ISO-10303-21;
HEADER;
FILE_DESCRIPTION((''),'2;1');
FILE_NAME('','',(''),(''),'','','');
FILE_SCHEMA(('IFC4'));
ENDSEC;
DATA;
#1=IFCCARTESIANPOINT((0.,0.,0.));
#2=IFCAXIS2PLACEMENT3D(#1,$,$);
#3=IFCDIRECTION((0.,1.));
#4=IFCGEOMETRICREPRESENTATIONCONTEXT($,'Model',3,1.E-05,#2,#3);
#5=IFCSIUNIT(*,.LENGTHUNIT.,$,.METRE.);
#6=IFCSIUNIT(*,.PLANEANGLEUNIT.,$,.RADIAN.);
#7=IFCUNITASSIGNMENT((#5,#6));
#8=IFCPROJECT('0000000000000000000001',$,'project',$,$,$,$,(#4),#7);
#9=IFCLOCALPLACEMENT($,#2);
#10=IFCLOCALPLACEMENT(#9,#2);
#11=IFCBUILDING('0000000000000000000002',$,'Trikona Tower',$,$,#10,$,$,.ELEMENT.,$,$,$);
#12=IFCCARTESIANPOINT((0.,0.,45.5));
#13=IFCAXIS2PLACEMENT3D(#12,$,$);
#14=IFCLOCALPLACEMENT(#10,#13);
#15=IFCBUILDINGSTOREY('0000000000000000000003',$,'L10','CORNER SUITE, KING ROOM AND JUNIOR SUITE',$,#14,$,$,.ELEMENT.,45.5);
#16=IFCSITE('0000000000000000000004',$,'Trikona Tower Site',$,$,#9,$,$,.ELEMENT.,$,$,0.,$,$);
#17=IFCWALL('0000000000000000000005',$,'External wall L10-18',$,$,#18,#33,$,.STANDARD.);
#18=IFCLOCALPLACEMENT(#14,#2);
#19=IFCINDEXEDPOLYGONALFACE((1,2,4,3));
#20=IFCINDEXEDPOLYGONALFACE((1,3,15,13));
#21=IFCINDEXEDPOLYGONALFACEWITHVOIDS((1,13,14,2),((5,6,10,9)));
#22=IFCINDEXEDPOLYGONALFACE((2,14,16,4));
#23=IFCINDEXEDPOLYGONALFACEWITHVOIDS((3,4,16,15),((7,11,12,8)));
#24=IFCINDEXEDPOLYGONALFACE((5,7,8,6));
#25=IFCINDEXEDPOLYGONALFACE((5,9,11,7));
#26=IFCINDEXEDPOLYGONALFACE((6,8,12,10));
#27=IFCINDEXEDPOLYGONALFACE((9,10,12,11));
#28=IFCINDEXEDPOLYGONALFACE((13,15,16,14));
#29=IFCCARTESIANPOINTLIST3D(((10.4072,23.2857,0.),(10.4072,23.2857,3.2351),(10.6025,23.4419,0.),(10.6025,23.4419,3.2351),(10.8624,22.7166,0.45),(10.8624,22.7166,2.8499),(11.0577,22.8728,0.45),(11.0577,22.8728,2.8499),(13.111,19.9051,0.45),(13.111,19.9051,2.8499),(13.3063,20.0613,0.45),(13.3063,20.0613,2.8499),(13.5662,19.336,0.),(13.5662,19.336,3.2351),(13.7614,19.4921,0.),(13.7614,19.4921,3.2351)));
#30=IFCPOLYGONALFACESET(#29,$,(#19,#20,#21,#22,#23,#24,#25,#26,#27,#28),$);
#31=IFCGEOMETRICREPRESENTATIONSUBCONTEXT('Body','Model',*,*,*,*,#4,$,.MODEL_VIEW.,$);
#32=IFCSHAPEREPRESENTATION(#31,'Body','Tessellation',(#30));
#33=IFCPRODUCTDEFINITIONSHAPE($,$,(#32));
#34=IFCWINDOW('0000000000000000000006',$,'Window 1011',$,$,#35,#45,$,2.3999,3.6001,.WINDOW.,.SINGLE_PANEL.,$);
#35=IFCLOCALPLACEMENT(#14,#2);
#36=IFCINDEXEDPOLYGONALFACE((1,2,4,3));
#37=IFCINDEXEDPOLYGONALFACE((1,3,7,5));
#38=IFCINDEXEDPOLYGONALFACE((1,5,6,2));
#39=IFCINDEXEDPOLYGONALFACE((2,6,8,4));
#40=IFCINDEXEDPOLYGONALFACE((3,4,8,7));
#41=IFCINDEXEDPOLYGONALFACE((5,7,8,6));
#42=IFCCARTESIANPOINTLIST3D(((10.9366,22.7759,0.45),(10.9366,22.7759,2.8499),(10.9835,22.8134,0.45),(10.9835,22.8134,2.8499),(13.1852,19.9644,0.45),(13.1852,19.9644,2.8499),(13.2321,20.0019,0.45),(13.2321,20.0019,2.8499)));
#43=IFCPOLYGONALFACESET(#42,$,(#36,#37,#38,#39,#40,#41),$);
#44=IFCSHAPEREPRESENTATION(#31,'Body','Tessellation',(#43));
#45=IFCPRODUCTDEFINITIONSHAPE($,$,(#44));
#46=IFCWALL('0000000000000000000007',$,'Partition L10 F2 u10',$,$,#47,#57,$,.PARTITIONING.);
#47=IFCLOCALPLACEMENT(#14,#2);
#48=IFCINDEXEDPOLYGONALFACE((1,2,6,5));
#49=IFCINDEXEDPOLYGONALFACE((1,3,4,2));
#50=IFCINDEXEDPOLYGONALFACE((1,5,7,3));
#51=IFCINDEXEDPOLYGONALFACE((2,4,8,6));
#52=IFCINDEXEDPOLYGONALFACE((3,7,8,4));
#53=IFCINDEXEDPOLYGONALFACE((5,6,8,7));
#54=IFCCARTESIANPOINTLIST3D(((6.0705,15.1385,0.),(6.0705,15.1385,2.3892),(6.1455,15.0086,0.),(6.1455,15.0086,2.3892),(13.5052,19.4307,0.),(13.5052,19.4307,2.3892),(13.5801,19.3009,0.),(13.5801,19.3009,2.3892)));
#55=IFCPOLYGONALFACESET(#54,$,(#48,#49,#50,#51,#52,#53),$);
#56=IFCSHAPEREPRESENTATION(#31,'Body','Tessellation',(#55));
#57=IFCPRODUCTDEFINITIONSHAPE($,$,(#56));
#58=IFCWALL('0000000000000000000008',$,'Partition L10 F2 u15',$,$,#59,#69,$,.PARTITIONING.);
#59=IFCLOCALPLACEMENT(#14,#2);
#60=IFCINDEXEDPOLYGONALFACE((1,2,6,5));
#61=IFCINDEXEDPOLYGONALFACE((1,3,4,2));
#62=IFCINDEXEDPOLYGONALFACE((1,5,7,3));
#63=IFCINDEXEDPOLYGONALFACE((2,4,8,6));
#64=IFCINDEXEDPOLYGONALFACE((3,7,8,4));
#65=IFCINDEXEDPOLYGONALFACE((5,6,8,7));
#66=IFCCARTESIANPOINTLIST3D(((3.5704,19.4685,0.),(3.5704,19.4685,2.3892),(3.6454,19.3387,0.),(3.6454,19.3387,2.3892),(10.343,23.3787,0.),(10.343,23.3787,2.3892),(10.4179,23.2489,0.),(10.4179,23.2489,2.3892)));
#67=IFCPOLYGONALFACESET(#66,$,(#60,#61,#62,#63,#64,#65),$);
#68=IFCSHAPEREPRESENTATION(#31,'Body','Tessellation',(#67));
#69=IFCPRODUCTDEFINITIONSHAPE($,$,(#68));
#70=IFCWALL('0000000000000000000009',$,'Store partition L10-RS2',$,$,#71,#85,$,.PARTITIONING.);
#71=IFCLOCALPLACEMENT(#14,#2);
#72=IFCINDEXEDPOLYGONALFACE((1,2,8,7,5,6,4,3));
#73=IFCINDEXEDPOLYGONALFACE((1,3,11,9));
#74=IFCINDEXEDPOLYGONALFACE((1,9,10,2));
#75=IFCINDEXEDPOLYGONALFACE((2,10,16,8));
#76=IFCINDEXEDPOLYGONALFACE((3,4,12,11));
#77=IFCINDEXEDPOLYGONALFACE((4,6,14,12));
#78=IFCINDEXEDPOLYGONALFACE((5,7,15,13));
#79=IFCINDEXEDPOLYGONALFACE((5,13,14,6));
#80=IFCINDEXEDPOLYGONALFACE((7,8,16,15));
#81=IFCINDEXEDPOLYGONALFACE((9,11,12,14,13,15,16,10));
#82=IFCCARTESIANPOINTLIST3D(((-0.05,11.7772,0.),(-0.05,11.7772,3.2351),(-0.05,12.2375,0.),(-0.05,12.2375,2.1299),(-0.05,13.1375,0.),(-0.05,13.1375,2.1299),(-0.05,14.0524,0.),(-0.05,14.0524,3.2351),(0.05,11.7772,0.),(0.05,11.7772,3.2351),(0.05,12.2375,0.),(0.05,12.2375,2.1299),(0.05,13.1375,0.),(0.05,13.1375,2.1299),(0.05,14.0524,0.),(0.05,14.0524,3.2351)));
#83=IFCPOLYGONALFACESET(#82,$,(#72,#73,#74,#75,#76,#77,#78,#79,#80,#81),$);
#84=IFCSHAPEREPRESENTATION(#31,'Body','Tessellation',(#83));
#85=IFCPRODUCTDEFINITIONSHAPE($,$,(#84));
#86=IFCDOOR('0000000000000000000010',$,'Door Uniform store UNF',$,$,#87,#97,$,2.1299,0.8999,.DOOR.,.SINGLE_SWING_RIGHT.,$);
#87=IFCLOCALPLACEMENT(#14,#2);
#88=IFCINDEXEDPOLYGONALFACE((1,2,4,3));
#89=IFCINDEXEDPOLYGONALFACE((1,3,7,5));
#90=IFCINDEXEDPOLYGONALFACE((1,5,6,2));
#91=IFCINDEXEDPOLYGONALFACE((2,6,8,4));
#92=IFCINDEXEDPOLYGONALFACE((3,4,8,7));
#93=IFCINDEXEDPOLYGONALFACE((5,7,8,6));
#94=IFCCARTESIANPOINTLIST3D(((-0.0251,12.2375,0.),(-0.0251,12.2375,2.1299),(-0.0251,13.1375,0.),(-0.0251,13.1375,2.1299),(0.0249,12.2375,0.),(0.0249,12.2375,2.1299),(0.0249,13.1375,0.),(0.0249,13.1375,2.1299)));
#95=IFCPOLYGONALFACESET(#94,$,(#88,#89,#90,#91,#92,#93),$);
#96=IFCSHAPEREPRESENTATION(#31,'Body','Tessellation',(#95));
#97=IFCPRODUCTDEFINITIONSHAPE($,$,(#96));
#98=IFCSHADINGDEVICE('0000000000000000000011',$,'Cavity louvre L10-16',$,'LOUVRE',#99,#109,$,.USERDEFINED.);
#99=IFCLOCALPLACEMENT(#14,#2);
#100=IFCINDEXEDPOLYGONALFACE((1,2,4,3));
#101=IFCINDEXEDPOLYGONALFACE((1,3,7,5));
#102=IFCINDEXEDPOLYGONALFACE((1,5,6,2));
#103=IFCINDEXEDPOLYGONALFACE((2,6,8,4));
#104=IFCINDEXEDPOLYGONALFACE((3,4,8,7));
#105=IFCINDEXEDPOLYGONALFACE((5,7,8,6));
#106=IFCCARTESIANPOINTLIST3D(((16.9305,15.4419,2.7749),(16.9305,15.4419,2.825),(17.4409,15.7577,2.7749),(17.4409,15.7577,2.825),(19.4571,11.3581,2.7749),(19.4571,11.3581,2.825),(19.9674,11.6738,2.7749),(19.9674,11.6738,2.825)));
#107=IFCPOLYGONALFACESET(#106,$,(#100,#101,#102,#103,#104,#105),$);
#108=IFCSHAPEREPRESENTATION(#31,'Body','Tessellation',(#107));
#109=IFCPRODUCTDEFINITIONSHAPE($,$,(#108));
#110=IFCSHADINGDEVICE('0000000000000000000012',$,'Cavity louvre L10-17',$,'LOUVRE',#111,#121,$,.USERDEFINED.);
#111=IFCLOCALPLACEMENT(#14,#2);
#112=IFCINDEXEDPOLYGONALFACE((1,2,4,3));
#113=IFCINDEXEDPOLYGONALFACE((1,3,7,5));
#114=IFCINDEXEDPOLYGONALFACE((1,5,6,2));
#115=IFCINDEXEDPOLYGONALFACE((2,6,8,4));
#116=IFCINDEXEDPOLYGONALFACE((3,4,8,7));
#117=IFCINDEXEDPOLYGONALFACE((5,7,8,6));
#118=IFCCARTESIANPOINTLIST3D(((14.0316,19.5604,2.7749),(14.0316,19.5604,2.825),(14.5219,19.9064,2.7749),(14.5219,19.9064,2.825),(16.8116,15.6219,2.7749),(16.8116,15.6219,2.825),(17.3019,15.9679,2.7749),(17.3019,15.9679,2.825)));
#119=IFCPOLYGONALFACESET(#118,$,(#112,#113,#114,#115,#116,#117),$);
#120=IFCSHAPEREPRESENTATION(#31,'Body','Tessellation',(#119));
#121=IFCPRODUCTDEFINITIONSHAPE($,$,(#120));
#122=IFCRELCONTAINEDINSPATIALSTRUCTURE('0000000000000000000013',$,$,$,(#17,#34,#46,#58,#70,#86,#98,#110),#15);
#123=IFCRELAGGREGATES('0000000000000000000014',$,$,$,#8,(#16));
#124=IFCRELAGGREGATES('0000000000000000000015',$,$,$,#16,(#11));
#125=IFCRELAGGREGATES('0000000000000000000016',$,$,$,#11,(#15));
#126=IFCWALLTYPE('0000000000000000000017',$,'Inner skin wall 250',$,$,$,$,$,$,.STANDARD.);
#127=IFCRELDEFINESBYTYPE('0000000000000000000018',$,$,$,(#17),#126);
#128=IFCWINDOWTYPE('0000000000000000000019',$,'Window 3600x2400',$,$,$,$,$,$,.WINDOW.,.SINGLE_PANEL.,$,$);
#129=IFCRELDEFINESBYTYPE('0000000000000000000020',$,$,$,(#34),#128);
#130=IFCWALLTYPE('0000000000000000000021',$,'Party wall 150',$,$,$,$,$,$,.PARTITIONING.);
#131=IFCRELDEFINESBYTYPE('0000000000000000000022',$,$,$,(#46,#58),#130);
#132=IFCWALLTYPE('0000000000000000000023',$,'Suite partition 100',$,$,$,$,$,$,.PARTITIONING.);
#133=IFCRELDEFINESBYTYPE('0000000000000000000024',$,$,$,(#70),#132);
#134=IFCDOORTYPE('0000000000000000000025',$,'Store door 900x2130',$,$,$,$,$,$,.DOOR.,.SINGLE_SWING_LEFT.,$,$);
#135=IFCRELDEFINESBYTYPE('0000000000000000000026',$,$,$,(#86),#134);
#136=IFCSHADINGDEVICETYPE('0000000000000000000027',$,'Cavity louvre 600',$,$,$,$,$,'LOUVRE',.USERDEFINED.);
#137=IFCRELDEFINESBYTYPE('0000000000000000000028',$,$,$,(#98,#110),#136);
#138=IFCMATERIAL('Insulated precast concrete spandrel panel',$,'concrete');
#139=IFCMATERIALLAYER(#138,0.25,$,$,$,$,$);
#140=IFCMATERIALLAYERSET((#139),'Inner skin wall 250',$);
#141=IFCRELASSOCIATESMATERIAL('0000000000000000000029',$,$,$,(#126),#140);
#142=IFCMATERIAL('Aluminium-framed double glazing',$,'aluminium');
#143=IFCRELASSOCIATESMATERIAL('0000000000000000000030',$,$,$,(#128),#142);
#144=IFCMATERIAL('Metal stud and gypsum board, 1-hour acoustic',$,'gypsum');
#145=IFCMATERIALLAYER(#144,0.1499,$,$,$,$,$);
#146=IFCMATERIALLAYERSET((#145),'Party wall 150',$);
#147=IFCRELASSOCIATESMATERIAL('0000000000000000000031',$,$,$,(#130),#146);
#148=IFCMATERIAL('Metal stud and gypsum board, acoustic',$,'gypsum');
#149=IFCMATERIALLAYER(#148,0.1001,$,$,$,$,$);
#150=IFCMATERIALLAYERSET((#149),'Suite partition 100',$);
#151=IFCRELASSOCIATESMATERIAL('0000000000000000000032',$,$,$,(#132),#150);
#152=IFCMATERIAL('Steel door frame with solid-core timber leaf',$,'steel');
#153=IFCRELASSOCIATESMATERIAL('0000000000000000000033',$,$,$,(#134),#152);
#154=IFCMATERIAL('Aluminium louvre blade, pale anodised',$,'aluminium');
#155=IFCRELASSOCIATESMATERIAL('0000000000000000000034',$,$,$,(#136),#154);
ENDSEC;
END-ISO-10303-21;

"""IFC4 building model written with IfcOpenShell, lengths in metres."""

from ifc_helpers import new_model, si_unit, direction, frame, frame_2d, origin, origin_2d, place, context, subcontext, project, spatial, rectangle, extrude, material, layer, layer_set, type_object, element, fill, save


model = new_model("IFC4")

# Units and contexts
model_context = context("Model", 3, precision=1e-05, world=origin(), true_north=direction((0.0, 1.0)))
body_context = subcontext(model_context, "Body", "Model", "MODEL_VIEW")
ifc_project = project(units=[si_unit("LENGTHUNIT", "METRE"), si_unit("PLANEANGLEUNIT", "RADIAN")], contexts=[model_context])

# Site, building, storey
site_placement = place(None, origin())
site = spatial("IfcSite", under=ifc_project, at=site_placement, Name="Trikona Tower Site", CompositionType="ELEMENT", RefElevation=0.0)
building_placement = place(site_placement, origin())
building = spatial("IfcBuilding", under=site, at=building_placement, Name="Trikona Tower", CompositionType="ELEMENT")
storey_placement = place(building_placement, frame((0.0, 0.0, 45.5)))
storey = spatial("IfcBuildingStorey", under=building, at=storey_placement, Name="L10", Description="CORNER SUITE, KING ROOM AND JUNIOR SUITE", CompositionType="ELEMENT", Elevation=45.5)

# Wall, opening, window
ifc_material_1 = material(Name="Insulated precast concrete spandrel panel", Category="concrete")
ifc_layer_1 = layer(ifc_material_1, 0.25)
ifc_layer_set_1 = layer_set([ifc_layer_1], Name="Inner skin wall 250")
wall_type_1 = type_object("IfcWallType", Name="Inner skin wall 250", PredefinedType="STANDARD", material=ifc_layer_set_1)
ifc_material_2 = material(Name="Aluminium-framed double glazing", Category="aluminium")
window_type = type_object("IfcWindowType", Name="Window 3600x2400", PartitioningType="SINGLE_PANEL", PredefinedType="WINDOW", material=ifc_material_2)
wall_1_placement = place(storey_placement, frame((13.6638, 19.4141, 0.0), z_axis=(0.0, 0.0, 1.0), x_axis=(-0.624595, 0.780949, 0.0)))
wall_1 = element("IfcWall", 1, at=wall_1_placement, inside=storey, type_object=wall_type_1, Name="External wall L10-18", PredefinedType="STANDARD", context=body_context, shape_type="SweptSolid", body=[
    extrude(rectangle(XDim=5.0576, YDim=0.25, at=frame_2d((2.5288, 0.0))), origin(), (0.0, 0.0, 1.0), 3.2351),
])
opening_1_placement = place(wall_1_placement, frame((0.7288, 0.0, 0.45)))
opening_1 = element("IfcOpeningElement", 2, at=opening_1_placement, cuts=wall_1, PredefinedType="OPENING", context=body_context, shape_type="SweptSolid", body=[
    extrude(rectangle(XDim=3.6001, YDim=2.3999, at=frame_2d((1.8, 1.2))), frame((0.0, 0.135, 0.0), z_axis=(0.0, -1.0, 0.0), x_axis=(1.0, 0.0, 0.0)), (0.0, 0.0, 1.0), 0.27),
])
window_1_placement = place(opening_1_placement, origin())
window_1 = element("IfcWindow", 3, at=window_1_placement, inside=storey, type_object=window_type, Name="Window 1011", OverallHeight=2.3999, OverallWidth=3.6001, PartitioningType="SINGLE_PANEL", PredefinedType="WINDOW", context=body_context, shape_type="SweptSolid", body=[
    extrude(rectangle(XDim=3.6001, YDim=2.3999, at=frame_2d((1.8, 1.2))), frame((0.0, 0.03, 0.0), z_axis=(0.0, -1.0, 0.0), x_axis=(1.0, 0.0, 0.0)), (0.0, 0.0, 1.0), 0.0601),
])
fill(opening_1, window_1)

# Walls
ifc_material_3 = material(Name="Metal stud and gypsum board, 1-hour acoustic", Category="gypsum")
ifc_layer_2 = layer(ifc_material_3, 0.1499)
ifc_layer_set_2 = layer_set([ifc_layer_2], Name="Party wall 150")
wall_type_2 = type_object("IfcWallType", Name="Party wall 150", PredefinedType="PARTITIONING", material=ifc_layer_set_2)
wall_2_placement = place(storey_placement, frame((6.1079, 15.0735, 0.0), z_axis=(0.0, 0.0, 1.0), x_axis=(0.866031, 0.49999, 0.0)))
element("IfcWall", 4, at=wall_2_placement, inside=storey, type_object=wall_type_2, Name="Partition L10 F2 u10", PredefinedType="PARTITIONING", context=body_context, shape_type="SweptSolid", body=[
    extrude(rectangle(XDim=8.5847, YDim=0.1499, at=frame_2d((4.2925, 0.0))), origin(), (0.0, 0.0, 1.0), 2.3892),
])
wall_3_placement = place(storey_placement, frame((3.6079, 19.4036, 0.0), z_axis=(0.0, 0.0, 1.0), x_axis=(0.866021, 0.500007, 0.0)))
element("IfcWall", 5, at=wall_3_placement, inside=storey, type_object=wall_type_2, Name="Partition L10 F2 u15", PredefinedType="PARTITIONING", context=body_context, shape_type="SweptSolid", body=[
    extrude(rectangle(XDim=7.8203, YDim=0.1499, at=frame_2d((3.9102, 0.0))), origin(), (0.0, 0.0, 1.0), 2.3892),
])

# Wall, opening, door
ifc_material_4 = material(Name="Metal stud and gypsum board, acoustic", Category="gypsum")
ifc_layer_3 = layer(ifc_material_4, 0.1001)
ifc_layer_set_3 = layer_set([ifc_layer_3], Name="Suite partition 100")
wall_type_3 = type_object("IfcWallType", Name="Suite partition 100", PredefinedType="PARTITIONING", material=ifc_layer_set_3)
wall_4_placement = place(storey_placement, frame((0.0, 14.0525, 0.0), z_axis=(0.0, 0.0, 1.0), x_axis=(0.0, -1.0, 0.0)))
wall_4 = element("IfcWall", 6, at=wall_4_placement, inside=storey, type_object=wall_type_3, Name="Store partition L10-RS2", PredefinedType="PARTITIONING", context=body_context, shape_type="SweptSolid", body=[
    extrude(rectangle(XDim=2.2751, YDim=0.1001, at=frame_2d((1.1377, 0.0))), origin(), (0.0, 0.0, 1.0), 3.2351),
])
opening_2_placement = place(wall_4_placement, frame((0.915, 0.0, 0.0)))
opening_2 = element("IfcOpeningElement", 7, at=opening_2_placement, cuts=wall_4, PredefinedType="OPENING", context=body_context, shape_type="SweptSolid", body=[
    extrude(rectangle(XDim=0.8999, YDim=2.1299, at=frame_2d((0.45, 1.0649))), frame((0.0, 0.0601, 0.0), z_axis=(0.0, -1.0, 0.0), x_axis=(1.0, 0.0, 0.0)), (0.0, 0.0, 1.0), 0.1201),
])
ifc_material_5 = material(Name="Steel door frame with solid-core timber leaf", Category="steel")
door_type_1 = type_object("IfcDoorType", Name="Store door 900x2130", OperationType="SINGLE_SWING_LEFT", PredefinedType="DOOR", material=ifc_material_5)
door_1_placement = place(opening_2_placement, origin())
door_1 = element("IfcDoor", 8, at=door_1_placement, inside=storey, type_object=door_type_1, Name="Door Uniform store UNF", OperationType="SINGLE_SWING_RIGHT", OverallHeight=2.1299, OverallWidth=0.8999, PredefinedType="DOOR", context=body_context, shape_type="SweptSolid", body=[
    extrude(rectangle(XDim=0.8999, YDim=2.1299, at=frame_2d((0.45, 1.0649))), frame((0.0, 0.0249, 0.0), z_axis=(0.0, -1.0, 0.0), x_axis=(1.0, 0.0, 0.0)), (0.0, 0.0, 1.0), 0.05),
])
fill(opening_2, door_1)

# Shading devices
ifc_material_6 = material(Name="Aluminium louvre blade, pale anodised", Category="aluminium")
shading_device_type = type_object("IfcShadingDeviceType", Name="Cavity louvre 600", ElementType="LOUVRE", PredefinedType="USERDEFINED", material=ifc_material_6)
shading_device_1_placement = place(storey_placement, frame((18.449, 13.5579, 2.7749), z_axis=(0.0, 0.0, 1.0), x_axis=(-0.526119, 0.850411, 0.0)))
element("IfcShadingDevice", 9, at=shading_device_1_placement, inside=storey, type_object=shading_device_type, Name="Cavity louvre L10-16", ObjectType="LOUVRE", PredefinedType="USERDEFINED", context=body_context, shape_type="SweptSolid", body=[
    extrude(rectangle(XDim=4.8022, YDim=0.6001, at=origin_2d()), origin(), (0.0, 0.0, 1.0), 0.05),
])
shading_device_2_placement = place(storey_placement, frame((15.6667, 17.7642, 2.7749), z_axis=(0.0, 0.0, 1.0), x_axis=(-0.576662, 0.816983, 0.0)))
element("IfcShadingDevice", 10, at=shading_device_2_placement, inside=storey, type_object=shading_device_type, Name="Cavity louvre L10-17", ObjectType="LOUVRE", PredefinedType="USERDEFINED", context=body_context, shape_type="SweptSolid", body=[
    extrude(rectangle(XDim=4.8208, YDim=0.6001, at=origin_2d()), origin(), (0.0, 0.0, 1.0), 0.05),
])

save(model, "model.ifc")
